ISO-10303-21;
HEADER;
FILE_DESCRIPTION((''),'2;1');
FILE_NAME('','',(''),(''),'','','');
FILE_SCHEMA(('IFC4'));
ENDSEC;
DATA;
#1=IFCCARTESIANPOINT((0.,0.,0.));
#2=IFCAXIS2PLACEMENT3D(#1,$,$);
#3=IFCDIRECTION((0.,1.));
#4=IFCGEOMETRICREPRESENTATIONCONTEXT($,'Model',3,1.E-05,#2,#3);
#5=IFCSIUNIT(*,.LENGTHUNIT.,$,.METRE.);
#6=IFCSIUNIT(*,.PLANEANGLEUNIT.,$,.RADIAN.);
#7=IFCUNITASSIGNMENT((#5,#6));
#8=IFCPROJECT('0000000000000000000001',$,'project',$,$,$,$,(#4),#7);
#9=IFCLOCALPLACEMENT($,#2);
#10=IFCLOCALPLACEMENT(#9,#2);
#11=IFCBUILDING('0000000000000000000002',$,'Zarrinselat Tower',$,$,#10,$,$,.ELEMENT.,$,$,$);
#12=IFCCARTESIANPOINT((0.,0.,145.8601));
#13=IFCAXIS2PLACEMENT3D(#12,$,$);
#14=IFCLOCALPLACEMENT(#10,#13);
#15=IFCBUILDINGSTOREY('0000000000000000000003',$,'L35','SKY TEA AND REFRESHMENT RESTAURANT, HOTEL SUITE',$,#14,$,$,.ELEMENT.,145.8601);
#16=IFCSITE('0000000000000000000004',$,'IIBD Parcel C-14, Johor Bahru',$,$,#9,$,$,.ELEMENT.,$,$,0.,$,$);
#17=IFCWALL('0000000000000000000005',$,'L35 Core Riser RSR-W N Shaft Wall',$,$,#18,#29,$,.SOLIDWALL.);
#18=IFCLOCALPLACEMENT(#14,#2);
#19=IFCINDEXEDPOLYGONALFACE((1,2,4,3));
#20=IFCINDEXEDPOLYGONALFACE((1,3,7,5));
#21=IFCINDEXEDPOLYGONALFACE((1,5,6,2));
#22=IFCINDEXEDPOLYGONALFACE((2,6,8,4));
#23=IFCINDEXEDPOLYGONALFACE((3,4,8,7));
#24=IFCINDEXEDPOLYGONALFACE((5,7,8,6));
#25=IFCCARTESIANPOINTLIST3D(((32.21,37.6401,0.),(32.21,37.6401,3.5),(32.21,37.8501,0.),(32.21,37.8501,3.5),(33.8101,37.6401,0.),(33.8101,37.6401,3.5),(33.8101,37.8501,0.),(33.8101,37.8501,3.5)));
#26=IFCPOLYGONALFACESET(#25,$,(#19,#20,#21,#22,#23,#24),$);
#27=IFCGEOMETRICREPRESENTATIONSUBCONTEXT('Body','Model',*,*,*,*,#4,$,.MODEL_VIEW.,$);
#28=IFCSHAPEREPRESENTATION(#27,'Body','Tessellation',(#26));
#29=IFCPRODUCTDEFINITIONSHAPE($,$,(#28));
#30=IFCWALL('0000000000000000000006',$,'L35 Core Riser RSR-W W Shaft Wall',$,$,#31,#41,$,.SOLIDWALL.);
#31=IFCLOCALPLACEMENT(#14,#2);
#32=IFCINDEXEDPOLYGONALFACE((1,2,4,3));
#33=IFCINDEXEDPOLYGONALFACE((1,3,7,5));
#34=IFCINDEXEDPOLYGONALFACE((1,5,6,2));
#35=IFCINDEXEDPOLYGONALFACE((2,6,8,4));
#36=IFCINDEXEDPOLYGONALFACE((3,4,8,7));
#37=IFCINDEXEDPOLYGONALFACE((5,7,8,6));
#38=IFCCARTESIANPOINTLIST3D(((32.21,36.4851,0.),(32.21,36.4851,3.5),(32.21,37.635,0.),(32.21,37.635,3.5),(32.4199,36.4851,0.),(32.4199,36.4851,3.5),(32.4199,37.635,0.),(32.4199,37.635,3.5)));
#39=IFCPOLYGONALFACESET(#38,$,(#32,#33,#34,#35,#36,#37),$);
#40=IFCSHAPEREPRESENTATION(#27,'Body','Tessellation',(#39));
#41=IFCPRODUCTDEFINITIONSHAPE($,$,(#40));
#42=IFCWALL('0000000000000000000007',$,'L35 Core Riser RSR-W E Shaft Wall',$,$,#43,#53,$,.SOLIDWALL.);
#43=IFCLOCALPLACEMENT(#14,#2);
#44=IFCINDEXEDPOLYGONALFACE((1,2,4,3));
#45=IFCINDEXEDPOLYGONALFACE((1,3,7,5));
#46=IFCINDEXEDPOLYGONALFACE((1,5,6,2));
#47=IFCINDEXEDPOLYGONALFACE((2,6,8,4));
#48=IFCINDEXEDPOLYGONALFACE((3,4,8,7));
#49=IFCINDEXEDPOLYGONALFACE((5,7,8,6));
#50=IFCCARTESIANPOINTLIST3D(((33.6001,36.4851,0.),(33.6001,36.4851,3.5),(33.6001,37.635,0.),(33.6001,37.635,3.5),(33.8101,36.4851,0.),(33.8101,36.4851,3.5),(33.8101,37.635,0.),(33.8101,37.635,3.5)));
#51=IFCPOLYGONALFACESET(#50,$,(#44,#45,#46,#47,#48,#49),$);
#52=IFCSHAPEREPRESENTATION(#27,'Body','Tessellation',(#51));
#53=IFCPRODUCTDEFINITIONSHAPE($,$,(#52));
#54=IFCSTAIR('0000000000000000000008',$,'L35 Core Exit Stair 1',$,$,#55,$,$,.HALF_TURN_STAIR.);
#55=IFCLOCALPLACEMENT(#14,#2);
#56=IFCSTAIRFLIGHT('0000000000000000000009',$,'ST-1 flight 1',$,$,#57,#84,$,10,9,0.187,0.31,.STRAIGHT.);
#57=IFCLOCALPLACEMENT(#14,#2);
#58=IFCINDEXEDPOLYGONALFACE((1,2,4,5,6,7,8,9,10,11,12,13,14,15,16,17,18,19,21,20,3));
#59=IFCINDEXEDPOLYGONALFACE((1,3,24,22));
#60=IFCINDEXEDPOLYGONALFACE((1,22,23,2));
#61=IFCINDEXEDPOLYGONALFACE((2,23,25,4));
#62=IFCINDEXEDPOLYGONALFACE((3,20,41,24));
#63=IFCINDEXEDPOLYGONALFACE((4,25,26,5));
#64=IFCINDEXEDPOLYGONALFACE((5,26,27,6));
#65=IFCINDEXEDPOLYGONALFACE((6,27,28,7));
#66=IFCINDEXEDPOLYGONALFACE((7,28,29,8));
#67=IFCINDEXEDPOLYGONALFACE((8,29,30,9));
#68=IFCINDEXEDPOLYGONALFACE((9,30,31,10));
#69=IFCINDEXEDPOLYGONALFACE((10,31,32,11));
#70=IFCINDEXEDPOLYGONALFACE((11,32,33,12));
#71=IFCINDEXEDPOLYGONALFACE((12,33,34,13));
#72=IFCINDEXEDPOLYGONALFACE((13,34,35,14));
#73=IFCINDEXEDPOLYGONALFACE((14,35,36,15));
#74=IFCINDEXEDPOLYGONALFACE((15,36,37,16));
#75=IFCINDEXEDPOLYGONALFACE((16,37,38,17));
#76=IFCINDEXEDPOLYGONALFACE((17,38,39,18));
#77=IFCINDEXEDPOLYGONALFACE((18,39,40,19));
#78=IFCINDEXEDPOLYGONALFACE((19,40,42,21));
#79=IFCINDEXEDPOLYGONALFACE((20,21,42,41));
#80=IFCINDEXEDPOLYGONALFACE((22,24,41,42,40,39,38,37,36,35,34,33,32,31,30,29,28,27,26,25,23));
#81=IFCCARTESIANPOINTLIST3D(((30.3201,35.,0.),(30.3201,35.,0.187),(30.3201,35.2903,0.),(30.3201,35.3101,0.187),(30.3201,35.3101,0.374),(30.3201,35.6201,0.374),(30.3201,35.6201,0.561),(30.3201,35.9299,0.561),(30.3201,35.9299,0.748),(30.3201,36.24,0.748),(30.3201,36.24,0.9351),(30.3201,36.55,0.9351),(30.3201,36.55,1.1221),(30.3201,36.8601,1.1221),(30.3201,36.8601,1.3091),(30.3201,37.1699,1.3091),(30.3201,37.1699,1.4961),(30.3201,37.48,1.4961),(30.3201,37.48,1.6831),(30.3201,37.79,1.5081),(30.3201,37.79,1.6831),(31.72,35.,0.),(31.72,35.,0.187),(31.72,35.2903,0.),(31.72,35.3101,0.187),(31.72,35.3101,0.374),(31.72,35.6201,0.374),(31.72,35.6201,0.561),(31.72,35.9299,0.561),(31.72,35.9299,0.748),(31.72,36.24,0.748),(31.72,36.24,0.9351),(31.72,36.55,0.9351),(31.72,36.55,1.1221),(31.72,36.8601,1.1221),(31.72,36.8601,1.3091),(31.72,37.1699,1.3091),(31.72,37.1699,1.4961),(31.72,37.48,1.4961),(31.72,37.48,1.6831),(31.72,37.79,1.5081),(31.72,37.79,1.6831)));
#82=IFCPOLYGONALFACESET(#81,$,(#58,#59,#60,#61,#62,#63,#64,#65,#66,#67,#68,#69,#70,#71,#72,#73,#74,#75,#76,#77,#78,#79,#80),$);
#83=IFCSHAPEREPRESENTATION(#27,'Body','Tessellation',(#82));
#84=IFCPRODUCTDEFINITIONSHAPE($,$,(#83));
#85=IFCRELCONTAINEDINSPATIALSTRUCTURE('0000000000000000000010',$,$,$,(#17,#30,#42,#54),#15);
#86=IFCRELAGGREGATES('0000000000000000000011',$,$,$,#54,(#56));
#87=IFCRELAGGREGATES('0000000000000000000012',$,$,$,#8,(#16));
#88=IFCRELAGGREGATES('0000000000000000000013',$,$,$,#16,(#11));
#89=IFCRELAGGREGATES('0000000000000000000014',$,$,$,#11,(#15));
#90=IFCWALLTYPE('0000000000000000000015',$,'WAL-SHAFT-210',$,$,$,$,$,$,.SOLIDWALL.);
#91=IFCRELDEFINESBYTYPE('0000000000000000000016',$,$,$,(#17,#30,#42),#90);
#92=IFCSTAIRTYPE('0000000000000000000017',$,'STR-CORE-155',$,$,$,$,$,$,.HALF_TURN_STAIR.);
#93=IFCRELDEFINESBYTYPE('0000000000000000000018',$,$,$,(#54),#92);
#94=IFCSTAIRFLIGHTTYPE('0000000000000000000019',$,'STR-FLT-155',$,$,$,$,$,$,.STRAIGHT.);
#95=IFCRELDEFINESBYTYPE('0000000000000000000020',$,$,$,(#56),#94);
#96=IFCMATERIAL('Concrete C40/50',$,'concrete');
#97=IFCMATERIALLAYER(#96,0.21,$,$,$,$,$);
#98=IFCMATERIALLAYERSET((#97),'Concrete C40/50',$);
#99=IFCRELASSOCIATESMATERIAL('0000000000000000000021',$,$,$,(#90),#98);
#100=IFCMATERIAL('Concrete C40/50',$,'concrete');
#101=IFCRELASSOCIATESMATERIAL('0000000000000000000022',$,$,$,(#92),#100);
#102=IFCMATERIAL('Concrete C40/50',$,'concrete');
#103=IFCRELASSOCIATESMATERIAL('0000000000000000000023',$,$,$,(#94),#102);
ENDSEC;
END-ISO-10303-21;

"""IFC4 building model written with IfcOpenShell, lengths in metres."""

from ifc_helpers import new_model, si_unit, direction, frame, frame_2d, origin, place, context, subcontext, project, spatial, polyline, rectangle, outline, extrude, material, layer, layer_set, type_object, element, aggregate, save


model = new_model("IFC4")

# Units and contexts
model_context = context("Model", 3, precision=1e-05, world=origin(), true_north=direction((0.0, 1.0)))
body_context = subcontext(model_context, "Body", "Model", "MODEL_VIEW")
ifc_project = project(units=[si_unit("LENGTHUNIT", "METRE"), si_unit("PLANEANGLEUNIT", "RADIAN")], contexts=[model_context])

# Site, building, storey
site_placement = place(None, origin())
site = spatial("IfcSite", under=ifc_project, at=site_placement, Name="IIBD Parcel C-14, Johor Bahru", CompositionType="ELEMENT", RefElevation=0.0)
building_placement = place(site_placement, origin())
building = spatial("IfcBuilding", under=site, at=building_placement, Name="Zarrinselat Tower", CompositionType="ELEMENT")
storey_placement = place(building_placement, frame((0.0, 0.0, 145.8601)))
storey = spatial("IfcBuildingStorey", under=building, at=storey_placement, Name="L35", Description="SKY TEA AND REFRESHMENT RESTAURANT, HOTEL SUITE", CompositionType="ELEMENT", Elevation=145.8601)

# Shared definitions
ifc_material_1 = material(Name="Concrete C40/50", Category="concrete")
ifc_layer_1 = layer(ifc_material_1, 0.21)
ifc_layer_set_1 = layer_set([ifc_layer_1], Name="Concrete C40/50")
wall_type_1 = type_object("IfcWallType", Name="WAL-SHAFT-210", PredefinedType="SOLIDWALL", material=ifc_layer_set_1)

# Walls
for number, where, z_axis, x_axis, name in (
    (1, (32.21, 37.7451, 0.0), (0.0, 0.0, 1.0), (1.0, 0.0, 0.0), "L35 Core Riser RSR-W N Shaft Wall"),
):
    element("IfcWall", number, at=place(storey_placement, frame(where, z_axis=z_axis, x_axis=x_axis)), inside=storey, type_object=wall_type_1, Name=name, PredefinedType="SOLIDWALL", context=body_context, shape_type="SweptSolid", body=[
        extrude(rectangle(XDim=1.6001, YDim=0.21, at=frame_2d((0.8, 0.0))), origin(), (0.0, 0.0, 1.0), 3.5),
    ])
for number, where, z_axis, x_axis, name in (
    (2, (32.3149, 36.4851, 0.0), (0.0, 0.0, 1.0), (0.0, 1.0, 0.0), "L35 Core Riser RSR-W W Shaft Wall"),
    (3, (33.7051, 36.4851, 0.0), (0.0, 0.0, 1.0), (0.0, 1.0, 0.0), "L35 Core Riser RSR-W E Shaft Wall"),
):
    element("IfcWall", number, at=place(storey_placement, frame(where, z_axis=z_axis, x_axis=x_axis)), inside=storey, type_object=wall_type_1, Name=name, PredefinedType="SOLIDWALL", context=body_context, shape_type="SweptSolid", body=[
        extrude(rectangle(XDim=1.1499, YDim=0.21, at=frame_2d((0.575, 0.0))), origin(), (0.0, 0.0, 1.0), 3.5),
    ])

# Stair, stair flight
ifc_material_2 = material(Name="Concrete C40/50", Category="concrete")
stair_type = type_object("IfcStairType", Name="STR-CORE-155", PredefinedType="HALF_TURN_STAIR", material=ifc_material_2)
stair_placement = place(storey_placement, origin())
stair = element("IfcStair", 4, at=stair_placement, inside=storey, type_object=stair_type, Name="L35 Core Exit Stair 1", PredefinedType="HALF_TURN_STAIR")
ifc_material_3 = material(Name="Concrete C40/50", Category="concrete")
stair_flight_type = type_object("IfcStairFlightType", Name="STR-FLT-155", PredefinedType="STRAIGHT", material=ifc_material_3)
stair_flight_placement = place(storey_placement, frame((31.02, 35.0, 0.0), z_axis=(0.0, 0.0, 1.0), x_axis=(0.0, 1.0, 0.0)))
stair_flight = element("IfcStairFlight", 5, at=stair_flight_placement, type_object=stair_flight_type, Name="ST-1 flight 1", NumberOfRisers=10, NumberOfTreads=9, PredefinedType="STRAIGHT", RiserHeight=0.187, TreadLength=0.31, context=body_context, shape_type="SweptSolid", body=[
    extrude(outline(polyline([(0.0, 0.0), (0.0, 0.187), (0.3101, 0.187), (0.3101, 0.374), (0.6201, 0.374), (0.6201, 0.561), (0.9299, 0.561), (0.9299, 0.748), (1.24, 0.748), (1.24, 0.9351), (1.55, 0.9351), (1.55, 1.1221), (1.8601, 1.1221), (1.8601, 1.3091), (2.1699, 1.3091), (2.1699, 1.4961), (2.48, 1.4961), (2.48, 1.6831), (2.79, 1.6831), (2.79, 1.8701), (2.79, 1.5081), (0.2903, 0.0), (0.0, 0.0)])), frame((0.0, 0.7, 0.0), z_axis=(0.0, -1.0, 0.0), x_axis=(1.0, 0.0, 0.0)), (0.0, 0.0, 1.0), 1.3999),
])
aggregate(stair, [stair_flight])

save(model, "model.ifc")
